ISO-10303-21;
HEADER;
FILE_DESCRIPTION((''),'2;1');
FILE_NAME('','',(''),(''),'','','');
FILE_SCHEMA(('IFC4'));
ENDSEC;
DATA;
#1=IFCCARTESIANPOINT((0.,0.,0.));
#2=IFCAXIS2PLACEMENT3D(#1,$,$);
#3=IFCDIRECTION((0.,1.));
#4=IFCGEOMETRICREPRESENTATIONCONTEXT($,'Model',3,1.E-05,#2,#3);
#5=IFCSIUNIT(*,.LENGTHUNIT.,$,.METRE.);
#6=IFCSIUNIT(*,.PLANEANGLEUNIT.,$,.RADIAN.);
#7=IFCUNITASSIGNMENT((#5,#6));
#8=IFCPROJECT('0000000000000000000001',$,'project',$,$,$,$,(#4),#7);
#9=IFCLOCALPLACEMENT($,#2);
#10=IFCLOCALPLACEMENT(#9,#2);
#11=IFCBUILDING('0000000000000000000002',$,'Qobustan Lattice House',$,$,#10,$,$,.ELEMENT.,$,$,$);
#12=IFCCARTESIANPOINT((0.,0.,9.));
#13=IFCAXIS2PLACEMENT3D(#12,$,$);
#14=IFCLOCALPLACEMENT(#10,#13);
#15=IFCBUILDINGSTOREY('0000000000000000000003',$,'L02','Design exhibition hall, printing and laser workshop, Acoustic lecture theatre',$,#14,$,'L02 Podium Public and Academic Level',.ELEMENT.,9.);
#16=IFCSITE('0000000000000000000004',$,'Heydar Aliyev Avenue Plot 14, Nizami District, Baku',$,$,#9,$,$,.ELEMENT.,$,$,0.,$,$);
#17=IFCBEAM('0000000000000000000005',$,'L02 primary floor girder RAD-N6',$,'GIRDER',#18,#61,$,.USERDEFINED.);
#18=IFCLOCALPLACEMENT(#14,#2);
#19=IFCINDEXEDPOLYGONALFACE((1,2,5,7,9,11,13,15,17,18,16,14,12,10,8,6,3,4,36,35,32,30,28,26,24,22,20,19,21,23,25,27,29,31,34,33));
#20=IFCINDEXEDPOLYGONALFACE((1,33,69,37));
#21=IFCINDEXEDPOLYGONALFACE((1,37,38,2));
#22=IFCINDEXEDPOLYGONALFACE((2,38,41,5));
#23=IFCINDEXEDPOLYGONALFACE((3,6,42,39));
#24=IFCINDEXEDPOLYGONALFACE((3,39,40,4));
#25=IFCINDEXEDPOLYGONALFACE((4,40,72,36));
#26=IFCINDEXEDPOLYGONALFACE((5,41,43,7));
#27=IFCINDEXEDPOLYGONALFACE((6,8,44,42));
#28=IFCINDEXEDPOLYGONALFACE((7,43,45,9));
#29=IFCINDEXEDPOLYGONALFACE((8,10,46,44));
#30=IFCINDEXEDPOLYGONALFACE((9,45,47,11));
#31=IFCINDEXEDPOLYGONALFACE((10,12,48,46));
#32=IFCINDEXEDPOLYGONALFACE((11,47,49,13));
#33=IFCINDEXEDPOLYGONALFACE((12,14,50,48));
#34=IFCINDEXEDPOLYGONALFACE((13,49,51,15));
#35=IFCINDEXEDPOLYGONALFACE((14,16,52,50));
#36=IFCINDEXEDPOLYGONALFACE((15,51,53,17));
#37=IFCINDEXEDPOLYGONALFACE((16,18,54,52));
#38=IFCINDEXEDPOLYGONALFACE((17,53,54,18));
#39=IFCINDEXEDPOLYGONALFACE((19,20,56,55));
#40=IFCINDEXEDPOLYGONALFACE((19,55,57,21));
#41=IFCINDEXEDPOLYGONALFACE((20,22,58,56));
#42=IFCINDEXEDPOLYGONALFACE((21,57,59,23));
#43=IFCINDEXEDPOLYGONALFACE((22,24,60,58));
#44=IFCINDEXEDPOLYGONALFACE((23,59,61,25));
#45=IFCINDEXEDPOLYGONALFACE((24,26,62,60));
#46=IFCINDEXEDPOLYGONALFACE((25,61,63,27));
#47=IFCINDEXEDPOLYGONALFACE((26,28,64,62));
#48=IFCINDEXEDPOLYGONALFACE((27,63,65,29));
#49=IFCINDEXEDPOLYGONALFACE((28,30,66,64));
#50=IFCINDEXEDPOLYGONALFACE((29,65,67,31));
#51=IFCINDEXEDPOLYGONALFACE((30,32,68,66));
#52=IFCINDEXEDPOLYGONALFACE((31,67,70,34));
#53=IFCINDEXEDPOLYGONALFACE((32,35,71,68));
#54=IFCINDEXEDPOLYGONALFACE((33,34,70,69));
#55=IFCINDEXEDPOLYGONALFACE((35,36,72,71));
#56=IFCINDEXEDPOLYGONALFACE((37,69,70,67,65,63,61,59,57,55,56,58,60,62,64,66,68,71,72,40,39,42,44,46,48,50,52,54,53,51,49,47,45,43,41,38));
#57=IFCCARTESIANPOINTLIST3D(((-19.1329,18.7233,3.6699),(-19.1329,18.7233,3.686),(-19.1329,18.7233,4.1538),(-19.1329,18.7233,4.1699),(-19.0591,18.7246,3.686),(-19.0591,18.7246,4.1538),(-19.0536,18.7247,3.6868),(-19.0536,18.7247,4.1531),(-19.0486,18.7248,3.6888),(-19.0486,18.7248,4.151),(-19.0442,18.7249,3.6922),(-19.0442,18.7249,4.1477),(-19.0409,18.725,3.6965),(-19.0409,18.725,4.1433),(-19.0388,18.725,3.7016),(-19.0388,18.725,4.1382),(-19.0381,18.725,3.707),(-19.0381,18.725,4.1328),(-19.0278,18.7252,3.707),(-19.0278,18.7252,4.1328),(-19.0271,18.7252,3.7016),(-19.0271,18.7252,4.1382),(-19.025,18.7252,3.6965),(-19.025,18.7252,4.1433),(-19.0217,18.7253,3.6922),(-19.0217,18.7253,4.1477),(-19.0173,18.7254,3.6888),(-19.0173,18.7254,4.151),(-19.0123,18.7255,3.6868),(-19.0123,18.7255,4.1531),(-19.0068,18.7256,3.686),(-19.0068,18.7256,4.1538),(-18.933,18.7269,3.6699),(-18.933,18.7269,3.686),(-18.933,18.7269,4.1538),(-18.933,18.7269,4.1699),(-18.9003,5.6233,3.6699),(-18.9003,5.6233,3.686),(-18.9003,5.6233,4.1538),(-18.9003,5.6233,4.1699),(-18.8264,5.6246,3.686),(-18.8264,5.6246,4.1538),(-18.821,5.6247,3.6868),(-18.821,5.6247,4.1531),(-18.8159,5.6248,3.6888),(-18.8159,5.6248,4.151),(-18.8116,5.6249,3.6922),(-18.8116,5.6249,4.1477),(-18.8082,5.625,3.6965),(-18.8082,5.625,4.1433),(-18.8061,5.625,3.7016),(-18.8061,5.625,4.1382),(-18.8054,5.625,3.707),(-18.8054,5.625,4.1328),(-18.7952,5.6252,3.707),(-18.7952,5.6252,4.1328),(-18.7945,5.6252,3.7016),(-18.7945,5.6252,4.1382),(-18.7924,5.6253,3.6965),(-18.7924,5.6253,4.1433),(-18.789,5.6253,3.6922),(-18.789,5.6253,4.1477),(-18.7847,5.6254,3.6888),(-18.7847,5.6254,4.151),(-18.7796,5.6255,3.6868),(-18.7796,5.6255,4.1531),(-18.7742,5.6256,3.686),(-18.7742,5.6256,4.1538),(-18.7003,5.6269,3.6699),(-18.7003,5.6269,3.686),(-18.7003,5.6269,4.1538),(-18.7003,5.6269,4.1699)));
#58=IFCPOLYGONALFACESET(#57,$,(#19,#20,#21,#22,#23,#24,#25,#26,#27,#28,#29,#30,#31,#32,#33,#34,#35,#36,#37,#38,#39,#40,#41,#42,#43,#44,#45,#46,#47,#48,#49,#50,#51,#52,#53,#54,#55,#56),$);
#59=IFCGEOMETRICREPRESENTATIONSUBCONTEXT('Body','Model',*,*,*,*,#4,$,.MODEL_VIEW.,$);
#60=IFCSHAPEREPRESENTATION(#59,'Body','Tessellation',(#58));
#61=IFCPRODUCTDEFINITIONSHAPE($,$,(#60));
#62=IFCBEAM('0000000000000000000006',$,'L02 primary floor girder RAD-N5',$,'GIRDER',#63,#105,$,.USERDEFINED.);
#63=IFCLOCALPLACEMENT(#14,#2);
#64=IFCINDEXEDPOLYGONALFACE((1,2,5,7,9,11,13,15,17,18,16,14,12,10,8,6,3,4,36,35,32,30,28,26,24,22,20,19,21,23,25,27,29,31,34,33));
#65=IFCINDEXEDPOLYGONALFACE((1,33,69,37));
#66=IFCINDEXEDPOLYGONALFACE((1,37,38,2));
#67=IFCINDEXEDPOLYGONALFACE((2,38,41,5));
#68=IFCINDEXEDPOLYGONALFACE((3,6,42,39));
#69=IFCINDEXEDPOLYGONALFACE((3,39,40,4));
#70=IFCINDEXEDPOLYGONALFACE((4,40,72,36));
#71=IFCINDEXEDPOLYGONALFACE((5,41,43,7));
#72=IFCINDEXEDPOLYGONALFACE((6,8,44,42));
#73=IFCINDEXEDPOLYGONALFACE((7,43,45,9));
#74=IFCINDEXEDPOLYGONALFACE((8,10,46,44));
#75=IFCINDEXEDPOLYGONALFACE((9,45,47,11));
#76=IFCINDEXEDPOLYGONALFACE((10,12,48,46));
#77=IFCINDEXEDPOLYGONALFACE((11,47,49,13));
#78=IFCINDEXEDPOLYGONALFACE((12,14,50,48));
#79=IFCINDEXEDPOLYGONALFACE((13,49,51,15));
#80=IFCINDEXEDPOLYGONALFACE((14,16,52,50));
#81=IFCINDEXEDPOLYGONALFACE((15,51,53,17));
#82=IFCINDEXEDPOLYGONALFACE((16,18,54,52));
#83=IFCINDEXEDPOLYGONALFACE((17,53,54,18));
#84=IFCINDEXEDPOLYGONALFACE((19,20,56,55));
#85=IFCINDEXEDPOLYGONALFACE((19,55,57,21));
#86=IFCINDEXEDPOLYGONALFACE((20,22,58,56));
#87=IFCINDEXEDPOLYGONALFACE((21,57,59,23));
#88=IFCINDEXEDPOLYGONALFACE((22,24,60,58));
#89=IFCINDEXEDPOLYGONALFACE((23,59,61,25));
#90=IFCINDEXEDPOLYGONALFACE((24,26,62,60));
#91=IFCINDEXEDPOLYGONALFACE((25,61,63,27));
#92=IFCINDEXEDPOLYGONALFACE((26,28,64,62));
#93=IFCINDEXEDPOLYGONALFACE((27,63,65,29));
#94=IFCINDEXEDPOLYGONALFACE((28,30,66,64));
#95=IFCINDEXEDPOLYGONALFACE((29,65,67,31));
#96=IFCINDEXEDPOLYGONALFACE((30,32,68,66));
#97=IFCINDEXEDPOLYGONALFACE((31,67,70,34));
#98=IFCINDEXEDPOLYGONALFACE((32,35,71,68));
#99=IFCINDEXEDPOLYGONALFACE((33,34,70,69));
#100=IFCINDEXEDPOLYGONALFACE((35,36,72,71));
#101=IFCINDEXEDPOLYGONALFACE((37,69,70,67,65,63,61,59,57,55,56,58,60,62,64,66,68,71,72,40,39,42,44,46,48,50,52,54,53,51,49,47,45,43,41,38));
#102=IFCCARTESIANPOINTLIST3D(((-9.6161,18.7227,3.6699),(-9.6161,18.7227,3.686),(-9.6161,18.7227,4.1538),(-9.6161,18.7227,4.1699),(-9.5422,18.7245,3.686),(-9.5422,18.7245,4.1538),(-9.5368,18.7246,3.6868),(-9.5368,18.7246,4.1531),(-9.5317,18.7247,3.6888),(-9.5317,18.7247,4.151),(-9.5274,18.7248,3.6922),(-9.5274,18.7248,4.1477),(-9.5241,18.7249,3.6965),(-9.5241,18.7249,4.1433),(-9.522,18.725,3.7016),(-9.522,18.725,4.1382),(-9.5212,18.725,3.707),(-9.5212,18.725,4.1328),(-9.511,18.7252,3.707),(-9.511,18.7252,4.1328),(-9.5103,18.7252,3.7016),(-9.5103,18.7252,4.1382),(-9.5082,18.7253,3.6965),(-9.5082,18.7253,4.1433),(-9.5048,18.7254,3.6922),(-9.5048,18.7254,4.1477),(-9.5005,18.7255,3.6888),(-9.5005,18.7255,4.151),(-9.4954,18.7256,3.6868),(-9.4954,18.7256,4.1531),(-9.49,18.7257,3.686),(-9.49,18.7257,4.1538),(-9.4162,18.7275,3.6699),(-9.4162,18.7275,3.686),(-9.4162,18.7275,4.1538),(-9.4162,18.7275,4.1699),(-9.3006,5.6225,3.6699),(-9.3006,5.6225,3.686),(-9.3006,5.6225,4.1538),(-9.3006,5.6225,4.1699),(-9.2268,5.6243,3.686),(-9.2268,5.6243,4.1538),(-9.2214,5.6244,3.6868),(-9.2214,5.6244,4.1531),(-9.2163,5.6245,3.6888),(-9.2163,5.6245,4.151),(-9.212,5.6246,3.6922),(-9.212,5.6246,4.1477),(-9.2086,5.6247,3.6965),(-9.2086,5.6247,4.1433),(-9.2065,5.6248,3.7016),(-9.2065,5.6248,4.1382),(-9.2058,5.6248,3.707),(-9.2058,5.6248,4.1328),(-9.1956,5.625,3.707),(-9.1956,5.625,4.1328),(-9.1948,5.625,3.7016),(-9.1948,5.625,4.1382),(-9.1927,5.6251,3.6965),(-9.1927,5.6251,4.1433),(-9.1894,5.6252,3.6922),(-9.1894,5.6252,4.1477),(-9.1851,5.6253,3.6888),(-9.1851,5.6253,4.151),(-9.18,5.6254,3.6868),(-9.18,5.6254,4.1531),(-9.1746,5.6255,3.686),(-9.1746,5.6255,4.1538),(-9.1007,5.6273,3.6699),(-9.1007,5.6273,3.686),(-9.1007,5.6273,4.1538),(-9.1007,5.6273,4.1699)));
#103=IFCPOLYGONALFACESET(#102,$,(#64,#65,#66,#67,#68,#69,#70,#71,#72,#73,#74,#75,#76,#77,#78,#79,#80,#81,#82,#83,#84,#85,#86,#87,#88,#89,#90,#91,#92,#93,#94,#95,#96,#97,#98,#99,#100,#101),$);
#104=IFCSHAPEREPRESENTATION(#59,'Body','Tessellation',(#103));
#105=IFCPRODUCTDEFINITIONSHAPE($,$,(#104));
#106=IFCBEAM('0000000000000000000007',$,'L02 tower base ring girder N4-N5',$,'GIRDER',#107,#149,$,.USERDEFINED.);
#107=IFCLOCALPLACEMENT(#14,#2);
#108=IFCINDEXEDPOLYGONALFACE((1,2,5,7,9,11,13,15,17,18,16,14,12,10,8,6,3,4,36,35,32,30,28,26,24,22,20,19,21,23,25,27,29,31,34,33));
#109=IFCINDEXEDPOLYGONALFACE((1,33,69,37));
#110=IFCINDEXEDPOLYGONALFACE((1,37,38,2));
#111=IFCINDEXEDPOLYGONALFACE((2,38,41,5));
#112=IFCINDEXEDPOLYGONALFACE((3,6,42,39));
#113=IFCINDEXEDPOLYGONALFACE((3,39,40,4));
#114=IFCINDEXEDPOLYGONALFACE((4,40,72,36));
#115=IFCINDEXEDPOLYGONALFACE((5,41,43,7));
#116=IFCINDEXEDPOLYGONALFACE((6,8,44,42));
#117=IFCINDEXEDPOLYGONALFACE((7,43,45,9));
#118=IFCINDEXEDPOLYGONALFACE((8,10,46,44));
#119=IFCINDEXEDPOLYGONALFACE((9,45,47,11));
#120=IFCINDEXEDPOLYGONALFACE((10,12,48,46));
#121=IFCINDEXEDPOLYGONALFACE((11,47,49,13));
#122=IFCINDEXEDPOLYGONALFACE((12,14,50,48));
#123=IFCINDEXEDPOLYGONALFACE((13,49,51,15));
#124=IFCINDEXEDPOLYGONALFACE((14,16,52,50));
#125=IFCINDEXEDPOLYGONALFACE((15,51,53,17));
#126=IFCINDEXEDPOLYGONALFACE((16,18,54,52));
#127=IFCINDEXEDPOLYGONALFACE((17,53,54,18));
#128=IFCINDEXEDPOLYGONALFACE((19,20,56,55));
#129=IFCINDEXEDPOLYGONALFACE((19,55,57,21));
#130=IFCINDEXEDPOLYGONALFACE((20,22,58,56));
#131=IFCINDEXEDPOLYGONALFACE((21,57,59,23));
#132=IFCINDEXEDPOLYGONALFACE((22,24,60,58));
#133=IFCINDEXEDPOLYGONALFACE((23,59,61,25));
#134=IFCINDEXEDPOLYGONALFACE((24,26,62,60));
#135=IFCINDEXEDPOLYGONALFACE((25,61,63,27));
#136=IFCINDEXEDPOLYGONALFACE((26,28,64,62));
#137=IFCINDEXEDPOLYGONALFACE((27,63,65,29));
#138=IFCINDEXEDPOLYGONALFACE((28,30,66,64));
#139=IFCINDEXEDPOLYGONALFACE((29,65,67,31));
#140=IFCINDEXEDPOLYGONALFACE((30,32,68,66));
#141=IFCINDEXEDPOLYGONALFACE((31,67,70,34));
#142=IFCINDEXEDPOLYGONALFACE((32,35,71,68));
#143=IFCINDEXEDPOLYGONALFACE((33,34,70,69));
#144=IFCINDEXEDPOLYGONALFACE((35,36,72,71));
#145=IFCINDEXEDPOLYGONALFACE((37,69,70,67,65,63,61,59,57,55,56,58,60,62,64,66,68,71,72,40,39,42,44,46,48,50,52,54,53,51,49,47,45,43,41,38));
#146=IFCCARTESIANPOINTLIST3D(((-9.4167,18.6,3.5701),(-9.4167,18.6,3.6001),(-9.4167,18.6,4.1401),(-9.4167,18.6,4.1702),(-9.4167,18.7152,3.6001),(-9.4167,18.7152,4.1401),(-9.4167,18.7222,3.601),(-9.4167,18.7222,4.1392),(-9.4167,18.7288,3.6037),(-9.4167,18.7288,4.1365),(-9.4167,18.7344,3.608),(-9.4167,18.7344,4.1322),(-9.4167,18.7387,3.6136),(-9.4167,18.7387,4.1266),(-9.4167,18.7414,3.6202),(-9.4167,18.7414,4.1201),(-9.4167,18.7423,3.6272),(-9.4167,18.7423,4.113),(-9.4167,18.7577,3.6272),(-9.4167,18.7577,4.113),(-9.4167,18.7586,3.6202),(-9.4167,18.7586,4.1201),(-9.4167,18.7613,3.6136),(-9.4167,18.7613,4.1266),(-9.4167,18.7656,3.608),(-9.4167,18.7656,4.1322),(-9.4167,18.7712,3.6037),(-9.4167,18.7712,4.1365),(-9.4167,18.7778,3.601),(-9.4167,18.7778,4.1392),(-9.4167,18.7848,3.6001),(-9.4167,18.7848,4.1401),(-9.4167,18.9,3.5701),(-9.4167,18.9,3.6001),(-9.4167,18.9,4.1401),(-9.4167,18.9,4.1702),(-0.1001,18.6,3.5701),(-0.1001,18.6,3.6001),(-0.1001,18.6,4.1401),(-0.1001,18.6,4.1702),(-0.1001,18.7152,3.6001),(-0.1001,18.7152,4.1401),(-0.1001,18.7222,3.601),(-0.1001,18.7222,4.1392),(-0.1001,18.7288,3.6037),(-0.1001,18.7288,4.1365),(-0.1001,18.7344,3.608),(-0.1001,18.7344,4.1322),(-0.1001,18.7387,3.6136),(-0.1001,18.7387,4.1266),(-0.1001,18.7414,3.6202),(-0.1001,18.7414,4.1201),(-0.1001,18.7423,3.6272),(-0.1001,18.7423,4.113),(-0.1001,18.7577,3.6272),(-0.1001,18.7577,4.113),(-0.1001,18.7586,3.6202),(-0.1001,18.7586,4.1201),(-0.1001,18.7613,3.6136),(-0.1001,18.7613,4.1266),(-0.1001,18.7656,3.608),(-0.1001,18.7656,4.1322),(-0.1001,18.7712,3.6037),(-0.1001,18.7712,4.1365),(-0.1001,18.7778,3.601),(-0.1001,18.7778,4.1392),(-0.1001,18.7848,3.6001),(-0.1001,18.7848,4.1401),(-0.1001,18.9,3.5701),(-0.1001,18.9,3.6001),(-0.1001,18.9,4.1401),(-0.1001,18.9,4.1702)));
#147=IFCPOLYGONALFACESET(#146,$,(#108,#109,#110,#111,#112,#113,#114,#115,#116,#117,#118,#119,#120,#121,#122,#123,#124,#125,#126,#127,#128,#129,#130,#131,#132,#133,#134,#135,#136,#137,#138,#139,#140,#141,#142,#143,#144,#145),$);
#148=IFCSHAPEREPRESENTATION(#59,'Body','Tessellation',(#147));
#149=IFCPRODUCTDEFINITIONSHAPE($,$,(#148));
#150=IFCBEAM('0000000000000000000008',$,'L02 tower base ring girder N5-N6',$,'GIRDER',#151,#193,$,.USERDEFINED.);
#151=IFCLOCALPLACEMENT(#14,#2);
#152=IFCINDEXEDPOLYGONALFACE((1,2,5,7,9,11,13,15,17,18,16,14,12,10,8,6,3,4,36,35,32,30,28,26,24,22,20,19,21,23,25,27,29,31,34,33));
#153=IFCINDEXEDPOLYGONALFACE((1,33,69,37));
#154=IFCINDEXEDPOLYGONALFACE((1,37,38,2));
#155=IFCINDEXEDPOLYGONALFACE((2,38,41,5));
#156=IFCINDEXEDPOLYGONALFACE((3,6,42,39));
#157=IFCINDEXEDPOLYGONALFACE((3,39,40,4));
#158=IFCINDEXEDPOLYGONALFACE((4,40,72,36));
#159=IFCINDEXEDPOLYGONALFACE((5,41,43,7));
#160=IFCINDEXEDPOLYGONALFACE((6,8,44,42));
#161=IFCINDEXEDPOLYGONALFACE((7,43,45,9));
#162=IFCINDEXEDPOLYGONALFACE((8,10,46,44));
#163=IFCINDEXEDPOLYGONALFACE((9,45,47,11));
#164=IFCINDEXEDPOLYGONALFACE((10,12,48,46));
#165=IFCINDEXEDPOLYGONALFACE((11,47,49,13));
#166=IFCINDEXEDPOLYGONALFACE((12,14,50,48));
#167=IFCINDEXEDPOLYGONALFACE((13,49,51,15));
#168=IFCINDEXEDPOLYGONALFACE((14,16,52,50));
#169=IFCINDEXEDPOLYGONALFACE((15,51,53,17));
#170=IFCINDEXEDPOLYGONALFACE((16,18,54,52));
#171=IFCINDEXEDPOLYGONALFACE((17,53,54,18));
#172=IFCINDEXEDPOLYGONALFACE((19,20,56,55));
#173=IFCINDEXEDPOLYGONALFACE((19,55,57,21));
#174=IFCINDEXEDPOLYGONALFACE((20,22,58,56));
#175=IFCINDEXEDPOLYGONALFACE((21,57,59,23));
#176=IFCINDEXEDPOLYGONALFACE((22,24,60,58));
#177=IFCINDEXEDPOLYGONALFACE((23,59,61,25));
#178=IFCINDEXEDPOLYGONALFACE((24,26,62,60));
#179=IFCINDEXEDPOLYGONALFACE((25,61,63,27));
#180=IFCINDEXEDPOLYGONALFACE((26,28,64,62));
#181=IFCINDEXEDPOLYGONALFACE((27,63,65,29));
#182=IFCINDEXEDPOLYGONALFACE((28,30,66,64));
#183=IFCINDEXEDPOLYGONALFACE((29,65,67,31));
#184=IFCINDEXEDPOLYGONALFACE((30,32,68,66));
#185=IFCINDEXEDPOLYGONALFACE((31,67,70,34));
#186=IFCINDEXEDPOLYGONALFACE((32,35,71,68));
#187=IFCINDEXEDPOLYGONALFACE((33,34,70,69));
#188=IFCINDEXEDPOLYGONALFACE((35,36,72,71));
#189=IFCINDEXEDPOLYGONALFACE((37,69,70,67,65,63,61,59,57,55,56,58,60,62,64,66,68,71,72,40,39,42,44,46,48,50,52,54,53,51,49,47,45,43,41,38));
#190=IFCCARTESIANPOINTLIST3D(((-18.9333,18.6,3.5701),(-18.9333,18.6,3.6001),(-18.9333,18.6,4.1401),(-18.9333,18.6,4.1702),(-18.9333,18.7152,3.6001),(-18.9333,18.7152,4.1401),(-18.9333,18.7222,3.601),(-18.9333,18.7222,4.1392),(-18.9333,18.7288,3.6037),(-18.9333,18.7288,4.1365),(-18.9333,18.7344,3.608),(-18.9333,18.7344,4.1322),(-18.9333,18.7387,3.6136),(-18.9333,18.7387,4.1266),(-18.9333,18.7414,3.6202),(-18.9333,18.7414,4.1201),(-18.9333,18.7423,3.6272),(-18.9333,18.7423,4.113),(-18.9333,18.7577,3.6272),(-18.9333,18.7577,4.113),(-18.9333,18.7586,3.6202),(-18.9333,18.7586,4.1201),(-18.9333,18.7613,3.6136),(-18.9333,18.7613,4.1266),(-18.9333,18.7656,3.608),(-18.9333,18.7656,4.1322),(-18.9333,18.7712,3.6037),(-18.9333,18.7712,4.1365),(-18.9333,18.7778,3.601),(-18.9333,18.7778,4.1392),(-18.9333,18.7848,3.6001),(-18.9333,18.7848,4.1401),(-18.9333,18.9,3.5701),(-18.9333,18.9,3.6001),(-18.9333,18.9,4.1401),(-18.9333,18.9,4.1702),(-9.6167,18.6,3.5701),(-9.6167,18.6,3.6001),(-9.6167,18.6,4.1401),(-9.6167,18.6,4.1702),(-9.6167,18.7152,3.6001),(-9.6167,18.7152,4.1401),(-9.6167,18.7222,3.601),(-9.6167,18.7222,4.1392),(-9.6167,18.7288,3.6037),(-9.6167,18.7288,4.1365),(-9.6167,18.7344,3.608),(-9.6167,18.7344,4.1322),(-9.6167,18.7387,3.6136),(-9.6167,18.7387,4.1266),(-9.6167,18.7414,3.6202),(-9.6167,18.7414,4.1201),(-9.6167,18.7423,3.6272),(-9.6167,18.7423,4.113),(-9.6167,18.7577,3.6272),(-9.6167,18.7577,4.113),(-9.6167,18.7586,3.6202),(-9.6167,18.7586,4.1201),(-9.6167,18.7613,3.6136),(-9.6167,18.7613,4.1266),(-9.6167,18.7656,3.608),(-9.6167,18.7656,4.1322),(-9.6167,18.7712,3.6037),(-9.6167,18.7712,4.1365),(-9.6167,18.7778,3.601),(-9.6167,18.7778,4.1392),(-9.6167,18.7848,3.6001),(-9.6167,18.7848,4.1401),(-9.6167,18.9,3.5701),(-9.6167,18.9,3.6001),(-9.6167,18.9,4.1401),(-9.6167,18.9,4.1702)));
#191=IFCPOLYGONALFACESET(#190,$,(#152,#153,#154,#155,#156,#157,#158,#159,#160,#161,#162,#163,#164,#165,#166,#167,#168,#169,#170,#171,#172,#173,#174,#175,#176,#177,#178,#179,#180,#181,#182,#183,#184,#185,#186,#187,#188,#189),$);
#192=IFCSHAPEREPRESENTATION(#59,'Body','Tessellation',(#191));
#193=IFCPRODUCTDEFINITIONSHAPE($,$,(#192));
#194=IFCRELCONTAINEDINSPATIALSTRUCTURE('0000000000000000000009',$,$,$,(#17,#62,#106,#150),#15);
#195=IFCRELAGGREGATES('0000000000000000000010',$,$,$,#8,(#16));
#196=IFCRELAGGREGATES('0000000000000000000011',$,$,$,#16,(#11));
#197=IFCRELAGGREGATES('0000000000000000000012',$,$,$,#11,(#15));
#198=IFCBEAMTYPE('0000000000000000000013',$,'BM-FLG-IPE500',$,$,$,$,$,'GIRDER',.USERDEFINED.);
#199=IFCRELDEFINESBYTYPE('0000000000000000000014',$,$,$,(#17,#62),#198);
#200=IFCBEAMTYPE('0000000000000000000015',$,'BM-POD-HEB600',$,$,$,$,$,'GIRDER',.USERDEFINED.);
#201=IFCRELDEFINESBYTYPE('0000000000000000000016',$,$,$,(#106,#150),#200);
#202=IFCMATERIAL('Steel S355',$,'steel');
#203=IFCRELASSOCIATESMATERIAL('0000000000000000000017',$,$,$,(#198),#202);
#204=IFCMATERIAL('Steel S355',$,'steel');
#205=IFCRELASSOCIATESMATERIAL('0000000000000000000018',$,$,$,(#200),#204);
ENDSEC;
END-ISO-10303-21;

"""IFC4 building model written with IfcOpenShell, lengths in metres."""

from ifc_helpers import new_model, si_unit, direction, frame, origin, origin_2d, place, context, subcontext, project, spatial, i_section, extrude, material, material_profile, profile_set, type_object, element, save


model = new_model("IFC4")

# Units and contexts
model_context = context("Model", 3, precision=1e-05, world=origin(), true_north=direction((0.0, 1.0)))
body_context = subcontext(model_context, "Body", "Model", "MODEL_VIEW")
ifc_project = project(units=[si_unit("LENGTHUNIT", "METRE"), si_unit("PLANEANGLEUNIT", "RADIAN")], contexts=[model_context])

# Site, building, storey
site_placement = place(None, origin())
site = spatial("IfcSite", under=ifc_project, at=site_placement, Name="Heydar Aliyev Avenue Plot 14, Nizami District, Baku", CompositionType="ELEMENT", RefElevation=0.0)
building_placement = place(site_placement, origin())
building = spatial("IfcBuilding", under=site, at=building_placement, Name="Qobustan Lattice House", CompositionType="ELEMENT")
storey_placement = place(building_placement, frame((0.0, 0.0, 9.0)))
storey = spatial("IfcBuildingStorey", under=building, at=storey_placement, Name="L02", Description="Design exhibition hall, printing and laser workshop, Acoustic lecture theatre", LongName="L02 Podium Public and Academic Level", CompositionType="ELEMENT", Elevation=9.0)

# Beams
ifc_material_1 = material(Name="Steel S355", Category="steel")
ifc_material_profile_1 = material_profile(ifc_material_1, i_section(OverallWidth=0.2, OverallDepth=0.5, WebThickness=0.0103, FlangeThickness=0.0161, FilletRadius=0.021, at=origin_2d()), Name="IPE500")
ifc_profile_set_1 = profile_set([ifc_material_profile_1], Name="Steel S355")
beam_type_1 = type_object("IfcBeamType", Name="BM-FLG-IPE500", ElementType="GIRDER", PredefinedType="USERDEFINED", material=ifc_profile_set_1)
beam_1_placement = place(storey_placement, frame((-19.033, 18.7251, 3.9199), z_axis=(0.017758, -0.999842, 0.0), x_axis=(0.999842, 0.017758, 0.0)))
element("IfcBeam", 1, at=beam_1_placement, inside=storey, type_object=beam_type_1, Name="L02 primary floor girder RAD-N6", ObjectType="GIRDER", PredefinedType="USERDEFINED", context=body_context, shape_type="SweptSolid", body=[
    extrude(i_section(OverallWidth=0.2, OverallDepth=0.5, WebThickness=0.0103, FlangeThickness=0.0161, FilletRadius=0.021, at=origin_2d()), origin(), (0.0, 0.0, 1.0), 13.1021),
])
beam_2_placement = place(storey_placement, frame((-9.5161, 18.7251, 3.9199), z_axis=(0.024071, -0.99971, 0.0), x_axis=(0.99971, 0.024071, 0.0)))
element("IfcBeam", 2, at=beam_2_placement, inside=storey, type_object=beam_type_1, Name="L02 primary floor girder RAD-N5", ObjectType="GIRDER", PredefinedType="USERDEFINED", context=body_context, shape_type="SweptSolid", body=[
    extrude(i_section(OverallWidth=0.2, OverallDepth=0.5, WebThickness=0.0103, FlangeThickness=0.0161, FilletRadius=0.021, at=origin_2d()), origin(), (0.0, 0.0, 1.0), 13.104),
])
ifc_material_2 = material(Name="Steel S355", Category="steel")
ifc_material_profile_2 = material_profile(ifc_material_2, i_section(OverallWidth=0.3, OverallDepth=0.6001, WebThickness=0.0154, FlangeThickness=0.03, FilletRadius=0.0271, at=origin_2d()), Name="HEB600")
ifc_profile_set_2 = profile_set([ifc_material_profile_2], Name="Steel S355")
beam_type_2 = type_object("IfcBeamType", Name="BM-POD-HEB600", ElementType="GIRDER", PredefinedType="USERDEFINED", material=ifc_profile_set_2)
for number, where, z_axis, x_axis, name in (
    (3, (-0.1001, 18.75, 3.8701), (-1.0, 0.0, 0.0), (0.0, -1.0, 0.0), "L02 tower base ring girder N4-N5"),
    (4, (-9.6167, 18.75, 3.8701), (-1.0, 0.0, 0.0), (0.0, -1.0, 0.0), "L02 tower base ring girder N5-N6"),
):
    element("IfcBeam", number, at=place(storey_placement, frame(where, z_axis=z_axis, x_axis=x_axis)), inside=storey, type_object=beam_type_2, Name=name, ObjectType="GIRDER", PredefinedType="USERDEFINED", context=body_context, shape_type="SweptSolid", body=[
        extrude(i_section(OverallWidth=0.3, OverallDepth=0.6001, WebThickness=0.0154, FlangeThickness=0.03, FilletRadius=0.0271, at=origin_2d()), origin(), (0.0, 0.0, 1.0), 9.3167),
    ])

save(model, "model.ifc")
